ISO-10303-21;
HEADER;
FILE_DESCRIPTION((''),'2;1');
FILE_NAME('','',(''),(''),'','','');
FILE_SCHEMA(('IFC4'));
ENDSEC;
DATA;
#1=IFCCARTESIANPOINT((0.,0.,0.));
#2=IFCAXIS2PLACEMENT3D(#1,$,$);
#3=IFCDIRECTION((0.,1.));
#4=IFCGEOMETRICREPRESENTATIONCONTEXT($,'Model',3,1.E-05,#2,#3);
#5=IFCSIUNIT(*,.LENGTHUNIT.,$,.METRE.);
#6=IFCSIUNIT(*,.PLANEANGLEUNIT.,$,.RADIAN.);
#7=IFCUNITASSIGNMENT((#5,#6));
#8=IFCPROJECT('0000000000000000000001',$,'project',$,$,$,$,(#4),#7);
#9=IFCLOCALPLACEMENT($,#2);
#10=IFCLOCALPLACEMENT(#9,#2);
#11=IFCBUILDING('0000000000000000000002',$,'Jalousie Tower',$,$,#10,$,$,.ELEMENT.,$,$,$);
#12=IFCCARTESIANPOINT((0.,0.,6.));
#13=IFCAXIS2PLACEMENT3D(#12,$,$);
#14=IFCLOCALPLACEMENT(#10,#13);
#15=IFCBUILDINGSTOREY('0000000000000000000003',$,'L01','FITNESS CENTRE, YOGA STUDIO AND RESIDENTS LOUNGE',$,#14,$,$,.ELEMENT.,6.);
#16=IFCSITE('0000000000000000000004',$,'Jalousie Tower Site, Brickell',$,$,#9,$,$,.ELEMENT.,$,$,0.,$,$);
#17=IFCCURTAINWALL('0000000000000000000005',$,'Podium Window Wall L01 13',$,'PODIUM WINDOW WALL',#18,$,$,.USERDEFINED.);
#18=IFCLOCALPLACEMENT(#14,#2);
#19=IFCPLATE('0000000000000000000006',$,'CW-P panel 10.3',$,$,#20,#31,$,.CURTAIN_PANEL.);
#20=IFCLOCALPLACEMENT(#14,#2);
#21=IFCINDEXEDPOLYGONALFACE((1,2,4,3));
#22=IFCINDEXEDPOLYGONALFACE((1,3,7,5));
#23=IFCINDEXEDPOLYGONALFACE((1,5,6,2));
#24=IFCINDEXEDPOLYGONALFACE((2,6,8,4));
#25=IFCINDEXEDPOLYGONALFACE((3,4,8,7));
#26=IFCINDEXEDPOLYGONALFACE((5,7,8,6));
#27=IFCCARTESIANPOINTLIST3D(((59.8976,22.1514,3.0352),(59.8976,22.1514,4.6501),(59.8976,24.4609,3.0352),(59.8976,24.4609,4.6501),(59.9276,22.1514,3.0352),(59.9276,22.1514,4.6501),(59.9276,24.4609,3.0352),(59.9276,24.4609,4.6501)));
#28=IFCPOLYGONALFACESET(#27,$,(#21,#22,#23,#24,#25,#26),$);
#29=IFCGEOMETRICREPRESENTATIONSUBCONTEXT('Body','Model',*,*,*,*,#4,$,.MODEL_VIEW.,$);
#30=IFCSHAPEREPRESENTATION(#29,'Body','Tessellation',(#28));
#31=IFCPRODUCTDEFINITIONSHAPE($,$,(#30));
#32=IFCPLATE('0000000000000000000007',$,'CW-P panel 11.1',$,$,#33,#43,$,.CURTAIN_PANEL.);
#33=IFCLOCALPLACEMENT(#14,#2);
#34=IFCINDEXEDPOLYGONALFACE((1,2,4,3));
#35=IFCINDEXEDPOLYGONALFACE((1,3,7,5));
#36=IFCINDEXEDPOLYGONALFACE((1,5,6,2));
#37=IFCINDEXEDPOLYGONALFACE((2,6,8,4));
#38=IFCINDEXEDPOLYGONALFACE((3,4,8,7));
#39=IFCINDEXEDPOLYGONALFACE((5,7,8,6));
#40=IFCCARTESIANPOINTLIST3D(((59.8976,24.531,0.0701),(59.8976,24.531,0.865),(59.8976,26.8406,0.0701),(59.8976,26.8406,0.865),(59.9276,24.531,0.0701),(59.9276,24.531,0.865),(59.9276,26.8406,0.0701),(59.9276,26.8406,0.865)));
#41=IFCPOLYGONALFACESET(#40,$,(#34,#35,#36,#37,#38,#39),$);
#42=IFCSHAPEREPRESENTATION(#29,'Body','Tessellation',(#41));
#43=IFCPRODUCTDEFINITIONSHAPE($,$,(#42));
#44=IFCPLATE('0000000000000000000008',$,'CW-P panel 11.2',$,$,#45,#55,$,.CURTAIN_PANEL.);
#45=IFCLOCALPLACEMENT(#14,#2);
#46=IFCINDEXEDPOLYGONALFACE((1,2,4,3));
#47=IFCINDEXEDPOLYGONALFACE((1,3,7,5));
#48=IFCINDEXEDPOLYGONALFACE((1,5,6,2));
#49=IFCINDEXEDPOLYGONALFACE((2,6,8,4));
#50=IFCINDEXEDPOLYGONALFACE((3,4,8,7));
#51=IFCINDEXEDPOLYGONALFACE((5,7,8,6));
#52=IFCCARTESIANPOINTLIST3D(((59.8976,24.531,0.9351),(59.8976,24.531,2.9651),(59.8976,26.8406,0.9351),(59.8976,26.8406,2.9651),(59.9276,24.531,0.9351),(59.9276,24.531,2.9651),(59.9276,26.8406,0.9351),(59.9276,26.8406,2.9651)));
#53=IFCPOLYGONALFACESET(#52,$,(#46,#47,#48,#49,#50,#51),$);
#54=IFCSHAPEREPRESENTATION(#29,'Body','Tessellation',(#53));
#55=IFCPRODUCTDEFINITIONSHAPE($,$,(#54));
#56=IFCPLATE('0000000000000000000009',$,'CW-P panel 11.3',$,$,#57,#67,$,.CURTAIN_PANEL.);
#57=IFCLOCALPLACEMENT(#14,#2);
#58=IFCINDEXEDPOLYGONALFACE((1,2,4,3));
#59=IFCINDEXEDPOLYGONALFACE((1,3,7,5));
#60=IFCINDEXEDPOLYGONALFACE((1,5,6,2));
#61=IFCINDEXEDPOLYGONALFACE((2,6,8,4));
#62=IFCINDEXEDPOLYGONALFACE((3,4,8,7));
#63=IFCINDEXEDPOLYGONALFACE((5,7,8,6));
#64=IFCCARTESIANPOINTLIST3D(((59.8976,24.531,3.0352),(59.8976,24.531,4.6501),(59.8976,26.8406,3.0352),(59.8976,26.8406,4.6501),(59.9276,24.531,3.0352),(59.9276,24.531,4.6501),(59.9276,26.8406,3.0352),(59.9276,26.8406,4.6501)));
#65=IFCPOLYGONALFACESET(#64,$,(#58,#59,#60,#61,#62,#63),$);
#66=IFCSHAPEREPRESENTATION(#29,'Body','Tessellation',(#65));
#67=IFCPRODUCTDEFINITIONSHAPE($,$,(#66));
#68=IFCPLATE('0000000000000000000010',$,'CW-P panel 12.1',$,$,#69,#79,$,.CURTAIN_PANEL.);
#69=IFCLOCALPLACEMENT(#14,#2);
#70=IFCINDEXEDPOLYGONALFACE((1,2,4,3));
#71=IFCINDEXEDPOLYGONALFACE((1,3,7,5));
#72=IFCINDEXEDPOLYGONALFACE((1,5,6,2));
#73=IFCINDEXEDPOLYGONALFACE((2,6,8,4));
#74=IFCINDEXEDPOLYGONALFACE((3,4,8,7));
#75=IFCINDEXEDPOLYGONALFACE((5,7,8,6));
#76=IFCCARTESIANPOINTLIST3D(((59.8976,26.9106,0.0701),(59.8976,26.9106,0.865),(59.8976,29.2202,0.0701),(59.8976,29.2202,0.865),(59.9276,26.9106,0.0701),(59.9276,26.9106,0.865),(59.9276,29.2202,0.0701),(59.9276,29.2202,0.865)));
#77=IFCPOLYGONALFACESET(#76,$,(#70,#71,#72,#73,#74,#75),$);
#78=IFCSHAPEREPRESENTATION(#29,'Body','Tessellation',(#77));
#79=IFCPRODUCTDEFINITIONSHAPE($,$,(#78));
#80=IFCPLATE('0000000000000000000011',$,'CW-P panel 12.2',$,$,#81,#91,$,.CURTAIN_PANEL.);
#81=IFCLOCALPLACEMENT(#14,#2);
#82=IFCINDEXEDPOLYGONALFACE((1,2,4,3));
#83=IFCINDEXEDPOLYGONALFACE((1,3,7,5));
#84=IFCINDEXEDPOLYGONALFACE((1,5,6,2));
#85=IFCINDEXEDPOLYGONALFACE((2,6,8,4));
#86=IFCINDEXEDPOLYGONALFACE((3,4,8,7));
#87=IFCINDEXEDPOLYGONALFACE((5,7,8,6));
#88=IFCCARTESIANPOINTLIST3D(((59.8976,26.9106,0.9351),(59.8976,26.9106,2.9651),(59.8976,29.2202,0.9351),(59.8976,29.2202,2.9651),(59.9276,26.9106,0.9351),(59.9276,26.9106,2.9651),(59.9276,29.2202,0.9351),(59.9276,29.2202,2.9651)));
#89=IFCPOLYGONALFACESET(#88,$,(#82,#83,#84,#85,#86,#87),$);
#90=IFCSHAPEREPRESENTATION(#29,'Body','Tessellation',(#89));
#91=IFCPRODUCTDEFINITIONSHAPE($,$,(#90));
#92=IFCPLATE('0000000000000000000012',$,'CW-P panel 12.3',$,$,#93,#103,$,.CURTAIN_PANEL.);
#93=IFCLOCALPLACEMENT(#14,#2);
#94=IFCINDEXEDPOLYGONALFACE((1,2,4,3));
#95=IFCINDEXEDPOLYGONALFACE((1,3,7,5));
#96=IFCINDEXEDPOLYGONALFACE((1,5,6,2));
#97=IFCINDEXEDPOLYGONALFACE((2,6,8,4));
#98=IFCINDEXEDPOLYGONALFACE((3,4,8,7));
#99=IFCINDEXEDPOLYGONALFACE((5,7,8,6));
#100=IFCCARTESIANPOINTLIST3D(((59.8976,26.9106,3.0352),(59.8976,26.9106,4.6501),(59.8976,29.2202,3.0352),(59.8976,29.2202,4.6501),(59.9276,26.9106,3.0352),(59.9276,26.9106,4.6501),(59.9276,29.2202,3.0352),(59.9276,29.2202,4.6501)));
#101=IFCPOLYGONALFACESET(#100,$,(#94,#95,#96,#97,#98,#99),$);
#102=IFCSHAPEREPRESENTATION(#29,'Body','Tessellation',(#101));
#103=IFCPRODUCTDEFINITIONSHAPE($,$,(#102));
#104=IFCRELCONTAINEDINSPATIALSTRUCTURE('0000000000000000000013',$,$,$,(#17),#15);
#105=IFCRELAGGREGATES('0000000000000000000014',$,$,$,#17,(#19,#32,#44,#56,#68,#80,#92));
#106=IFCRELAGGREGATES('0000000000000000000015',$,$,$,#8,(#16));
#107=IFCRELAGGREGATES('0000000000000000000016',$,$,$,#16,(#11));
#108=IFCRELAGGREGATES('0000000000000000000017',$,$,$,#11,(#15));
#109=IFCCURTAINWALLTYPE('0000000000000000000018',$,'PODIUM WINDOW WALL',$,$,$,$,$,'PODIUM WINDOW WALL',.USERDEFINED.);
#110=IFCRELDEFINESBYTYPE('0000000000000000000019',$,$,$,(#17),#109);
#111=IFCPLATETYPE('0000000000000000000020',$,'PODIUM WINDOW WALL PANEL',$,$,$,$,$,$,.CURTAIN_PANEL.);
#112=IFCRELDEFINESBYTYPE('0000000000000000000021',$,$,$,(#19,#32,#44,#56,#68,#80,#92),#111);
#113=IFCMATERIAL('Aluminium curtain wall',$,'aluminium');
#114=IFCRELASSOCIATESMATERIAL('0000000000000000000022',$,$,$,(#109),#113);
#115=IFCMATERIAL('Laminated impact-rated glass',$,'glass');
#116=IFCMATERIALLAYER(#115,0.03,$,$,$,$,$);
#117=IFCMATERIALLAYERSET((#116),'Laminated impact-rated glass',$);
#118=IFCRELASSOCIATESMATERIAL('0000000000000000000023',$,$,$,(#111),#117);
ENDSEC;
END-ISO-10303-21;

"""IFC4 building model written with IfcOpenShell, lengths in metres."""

from ifc_helpers import new_model, si_unit, direction, frame, origin, origin_2d, place, context, subcontext, project, spatial, rectangle, extrude, material, layer, layer_set, type_object, element, aggregate, save


model = new_model("IFC4")

# Units and contexts
model_context = context("Model", 3, precision=1e-05, world=origin(), true_north=direction((0.0, 1.0)))
body_context = subcontext(model_context, "Body", "Model", "MODEL_VIEW")
ifc_project = project(units=[si_unit("LENGTHUNIT", "METRE"), si_unit("PLANEANGLEUNIT", "RADIAN")], contexts=[model_context])

# Site, building, storey
site_placement = place(None, origin())
site = spatial("IfcSite", under=ifc_project, at=site_placement, Name="Jalousie Tower Site, Brickell", CompositionType="ELEMENT", RefElevation=0.0)
building_placement = place(site_placement, origin())
building = spatial("IfcBuilding", under=site, at=building_placement, Name="Jalousie Tower", CompositionType="ELEMENT")
storey_placement = place(building_placement, frame((0.0, 0.0, 6.0)))
storey = spatial("IfcBuildingStorey", under=building, at=storey_placement, Name="L01", Description="FITNESS CENTRE, YOGA STUDIO AND RESIDENTS LOUNGE", CompositionType="ELEMENT", Elevation=6.0)

# Curtain wall
ifc_material_1 = material(Name="Aluminium curtain wall", Category="aluminium")
curtain_wall_type = type_object("IfcCurtainWallType", Name="PODIUM WINDOW WALL", ElementType="PODIUM WINDOW WALL", PredefinedType="USERDEFINED", material=ifc_material_1)
curtain_wall_placement = place(storey_placement, origin())
curtain_wall = element("IfcCurtainWall", 1, at=curtain_wall_placement, inside=storey, type_object=curtain_wall_type, Name="Podium Window Wall L01 13", ObjectType="PODIUM WINDOW WALL", PredefinedType="USERDEFINED")

# Plates
ifc_material_2 = material(Name="Laminated impact-rated glass", Category="glass")
ifc_layer = layer(ifc_material_2, 0.03)
ifc_layer_set = layer_set([ifc_layer], Name="Laminated impact-rated glass")
plate_type = type_object("IfcPlateType", Name="PODIUM WINDOW WALL PANEL", PredefinedType="CURTAIN_PANEL", material=ifc_layer_set)
plate_1_placement = place(storey_placement, frame((59.9126, 23.3062, 3.0352), z_axis=(0.0, 0.0, 1.0), x_axis=(0.0, 1.0, 0.0)))
plate_1 = element("IfcPlate", 2, at=plate_1_placement, type_object=plate_type, Name="CW-P panel 10.3", PredefinedType="CURTAIN_PANEL", context=body_context, shape_type="SweptSolid", body=[
    extrude(rectangle(XDim=2.3096, YDim=0.03, at=origin_2d()), origin(), (0.0, 0.0, 1.0), 1.615),
])
plate_2_placement = place(storey_placement, frame((59.9126, 25.6858, 0.0701), z_axis=(0.0, 0.0, 1.0), x_axis=(0.0, 1.0, 0.0)))
plate_2 = element("IfcPlate", 3, at=plate_2_placement, type_object=plate_type, Name="CW-P panel 11.1", PredefinedType="CURTAIN_PANEL", context=body_context, shape_type="SweptSolid", body=[
    extrude(rectangle(XDim=2.3096, YDim=0.03, at=origin_2d()), origin(), (0.0, 0.0, 1.0), 0.7949),
])
plate_3_placement = place(storey_placement, frame((59.9126, 25.6858, 0.9351), z_axis=(0.0, 0.0, 1.0), x_axis=(0.0, 1.0, 0.0)))
plate_3 = element("IfcPlate", 4, at=plate_3_placement, type_object=plate_type, Name="CW-P panel 11.2", PredefinedType="CURTAIN_PANEL", context=body_context, shape_type="SweptSolid", body=[
    extrude(rectangle(XDim=2.3096, YDim=0.03, at=origin_2d()), origin(), (0.0, 0.0, 1.0), 2.03),
])
plate_4_placement = place(storey_placement, frame((59.9126, 25.6858, 3.0352), z_axis=(0.0, 0.0, 1.0), x_axis=(0.0, 1.0, 0.0)))
plate_4 = element("IfcPlate", 5, at=plate_4_placement, type_object=plate_type, Name="CW-P panel 11.3", PredefinedType="CURTAIN_PANEL", context=body_context, shape_type="SweptSolid", body=[
    extrude(rectangle(XDim=2.3096, YDim=0.03, at=origin_2d()), origin(), (0.0, 0.0, 1.0), 1.615),
])
plate_5_placement = place(storey_placement, frame((59.9126, 28.0654, 0.0701), z_axis=(0.0, 0.0, 1.0), x_axis=(0.0, 1.0, 0.0)))
plate_5 = element("IfcPlate", 6, at=plate_5_placement, type_object=plate_type, Name="CW-P panel 12.1", PredefinedType="CURTAIN_PANEL", context=body_context, shape_type="SweptSolid", body=[
    extrude(rectangle(XDim=2.3096, YDim=0.03, at=origin_2d()), origin(), (0.0, 0.0, 1.0), 0.7949),
])
plate_6_placement = place(storey_placement, frame((59.9126, 28.0654, 0.9351), z_axis=(0.0, 0.0, 1.0), x_axis=(0.0, 1.0, 0.0)))
plate_6 = element("IfcPlate", 7, at=plate_6_placement, type_object=plate_type, Name="CW-P panel 12.2", PredefinedType="CURTAIN_PANEL", context=body_context, shape_type="SweptSolid", body=[
    extrude(rectangle(XDim=2.3096, YDim=0.03, at=origin_2d()), origin(), (0.0, 0.0, 1.0), 2.03),
])
plate_7_placement = place(storey_placement, frame((59.9126, 28.0654, 3.0352), z_axis=(0.0, 0.0, 1.0), x_axis=(0.0, 1.0, 0.0)))
plate_7 = element("IfcPlate", 8, at=plate_7_placement, type_object=plate_type, Name="CW-P panel 12.3", PredefinedType="CURTAIN_PANEL", context=body_context, shape_type="SweptSolid", body=[
    extrude(rectangle(XDim=2.3096, YDim=0.03, at=origin_2d()), origin(), (0.0, 0.0, 1.0), 1.615),
])
aggregate(curtain_wall, [plate_1, plate_2, plate_3, plate_4, plate_5, plate_6, plate_7])

save(model, "model.ifc")
